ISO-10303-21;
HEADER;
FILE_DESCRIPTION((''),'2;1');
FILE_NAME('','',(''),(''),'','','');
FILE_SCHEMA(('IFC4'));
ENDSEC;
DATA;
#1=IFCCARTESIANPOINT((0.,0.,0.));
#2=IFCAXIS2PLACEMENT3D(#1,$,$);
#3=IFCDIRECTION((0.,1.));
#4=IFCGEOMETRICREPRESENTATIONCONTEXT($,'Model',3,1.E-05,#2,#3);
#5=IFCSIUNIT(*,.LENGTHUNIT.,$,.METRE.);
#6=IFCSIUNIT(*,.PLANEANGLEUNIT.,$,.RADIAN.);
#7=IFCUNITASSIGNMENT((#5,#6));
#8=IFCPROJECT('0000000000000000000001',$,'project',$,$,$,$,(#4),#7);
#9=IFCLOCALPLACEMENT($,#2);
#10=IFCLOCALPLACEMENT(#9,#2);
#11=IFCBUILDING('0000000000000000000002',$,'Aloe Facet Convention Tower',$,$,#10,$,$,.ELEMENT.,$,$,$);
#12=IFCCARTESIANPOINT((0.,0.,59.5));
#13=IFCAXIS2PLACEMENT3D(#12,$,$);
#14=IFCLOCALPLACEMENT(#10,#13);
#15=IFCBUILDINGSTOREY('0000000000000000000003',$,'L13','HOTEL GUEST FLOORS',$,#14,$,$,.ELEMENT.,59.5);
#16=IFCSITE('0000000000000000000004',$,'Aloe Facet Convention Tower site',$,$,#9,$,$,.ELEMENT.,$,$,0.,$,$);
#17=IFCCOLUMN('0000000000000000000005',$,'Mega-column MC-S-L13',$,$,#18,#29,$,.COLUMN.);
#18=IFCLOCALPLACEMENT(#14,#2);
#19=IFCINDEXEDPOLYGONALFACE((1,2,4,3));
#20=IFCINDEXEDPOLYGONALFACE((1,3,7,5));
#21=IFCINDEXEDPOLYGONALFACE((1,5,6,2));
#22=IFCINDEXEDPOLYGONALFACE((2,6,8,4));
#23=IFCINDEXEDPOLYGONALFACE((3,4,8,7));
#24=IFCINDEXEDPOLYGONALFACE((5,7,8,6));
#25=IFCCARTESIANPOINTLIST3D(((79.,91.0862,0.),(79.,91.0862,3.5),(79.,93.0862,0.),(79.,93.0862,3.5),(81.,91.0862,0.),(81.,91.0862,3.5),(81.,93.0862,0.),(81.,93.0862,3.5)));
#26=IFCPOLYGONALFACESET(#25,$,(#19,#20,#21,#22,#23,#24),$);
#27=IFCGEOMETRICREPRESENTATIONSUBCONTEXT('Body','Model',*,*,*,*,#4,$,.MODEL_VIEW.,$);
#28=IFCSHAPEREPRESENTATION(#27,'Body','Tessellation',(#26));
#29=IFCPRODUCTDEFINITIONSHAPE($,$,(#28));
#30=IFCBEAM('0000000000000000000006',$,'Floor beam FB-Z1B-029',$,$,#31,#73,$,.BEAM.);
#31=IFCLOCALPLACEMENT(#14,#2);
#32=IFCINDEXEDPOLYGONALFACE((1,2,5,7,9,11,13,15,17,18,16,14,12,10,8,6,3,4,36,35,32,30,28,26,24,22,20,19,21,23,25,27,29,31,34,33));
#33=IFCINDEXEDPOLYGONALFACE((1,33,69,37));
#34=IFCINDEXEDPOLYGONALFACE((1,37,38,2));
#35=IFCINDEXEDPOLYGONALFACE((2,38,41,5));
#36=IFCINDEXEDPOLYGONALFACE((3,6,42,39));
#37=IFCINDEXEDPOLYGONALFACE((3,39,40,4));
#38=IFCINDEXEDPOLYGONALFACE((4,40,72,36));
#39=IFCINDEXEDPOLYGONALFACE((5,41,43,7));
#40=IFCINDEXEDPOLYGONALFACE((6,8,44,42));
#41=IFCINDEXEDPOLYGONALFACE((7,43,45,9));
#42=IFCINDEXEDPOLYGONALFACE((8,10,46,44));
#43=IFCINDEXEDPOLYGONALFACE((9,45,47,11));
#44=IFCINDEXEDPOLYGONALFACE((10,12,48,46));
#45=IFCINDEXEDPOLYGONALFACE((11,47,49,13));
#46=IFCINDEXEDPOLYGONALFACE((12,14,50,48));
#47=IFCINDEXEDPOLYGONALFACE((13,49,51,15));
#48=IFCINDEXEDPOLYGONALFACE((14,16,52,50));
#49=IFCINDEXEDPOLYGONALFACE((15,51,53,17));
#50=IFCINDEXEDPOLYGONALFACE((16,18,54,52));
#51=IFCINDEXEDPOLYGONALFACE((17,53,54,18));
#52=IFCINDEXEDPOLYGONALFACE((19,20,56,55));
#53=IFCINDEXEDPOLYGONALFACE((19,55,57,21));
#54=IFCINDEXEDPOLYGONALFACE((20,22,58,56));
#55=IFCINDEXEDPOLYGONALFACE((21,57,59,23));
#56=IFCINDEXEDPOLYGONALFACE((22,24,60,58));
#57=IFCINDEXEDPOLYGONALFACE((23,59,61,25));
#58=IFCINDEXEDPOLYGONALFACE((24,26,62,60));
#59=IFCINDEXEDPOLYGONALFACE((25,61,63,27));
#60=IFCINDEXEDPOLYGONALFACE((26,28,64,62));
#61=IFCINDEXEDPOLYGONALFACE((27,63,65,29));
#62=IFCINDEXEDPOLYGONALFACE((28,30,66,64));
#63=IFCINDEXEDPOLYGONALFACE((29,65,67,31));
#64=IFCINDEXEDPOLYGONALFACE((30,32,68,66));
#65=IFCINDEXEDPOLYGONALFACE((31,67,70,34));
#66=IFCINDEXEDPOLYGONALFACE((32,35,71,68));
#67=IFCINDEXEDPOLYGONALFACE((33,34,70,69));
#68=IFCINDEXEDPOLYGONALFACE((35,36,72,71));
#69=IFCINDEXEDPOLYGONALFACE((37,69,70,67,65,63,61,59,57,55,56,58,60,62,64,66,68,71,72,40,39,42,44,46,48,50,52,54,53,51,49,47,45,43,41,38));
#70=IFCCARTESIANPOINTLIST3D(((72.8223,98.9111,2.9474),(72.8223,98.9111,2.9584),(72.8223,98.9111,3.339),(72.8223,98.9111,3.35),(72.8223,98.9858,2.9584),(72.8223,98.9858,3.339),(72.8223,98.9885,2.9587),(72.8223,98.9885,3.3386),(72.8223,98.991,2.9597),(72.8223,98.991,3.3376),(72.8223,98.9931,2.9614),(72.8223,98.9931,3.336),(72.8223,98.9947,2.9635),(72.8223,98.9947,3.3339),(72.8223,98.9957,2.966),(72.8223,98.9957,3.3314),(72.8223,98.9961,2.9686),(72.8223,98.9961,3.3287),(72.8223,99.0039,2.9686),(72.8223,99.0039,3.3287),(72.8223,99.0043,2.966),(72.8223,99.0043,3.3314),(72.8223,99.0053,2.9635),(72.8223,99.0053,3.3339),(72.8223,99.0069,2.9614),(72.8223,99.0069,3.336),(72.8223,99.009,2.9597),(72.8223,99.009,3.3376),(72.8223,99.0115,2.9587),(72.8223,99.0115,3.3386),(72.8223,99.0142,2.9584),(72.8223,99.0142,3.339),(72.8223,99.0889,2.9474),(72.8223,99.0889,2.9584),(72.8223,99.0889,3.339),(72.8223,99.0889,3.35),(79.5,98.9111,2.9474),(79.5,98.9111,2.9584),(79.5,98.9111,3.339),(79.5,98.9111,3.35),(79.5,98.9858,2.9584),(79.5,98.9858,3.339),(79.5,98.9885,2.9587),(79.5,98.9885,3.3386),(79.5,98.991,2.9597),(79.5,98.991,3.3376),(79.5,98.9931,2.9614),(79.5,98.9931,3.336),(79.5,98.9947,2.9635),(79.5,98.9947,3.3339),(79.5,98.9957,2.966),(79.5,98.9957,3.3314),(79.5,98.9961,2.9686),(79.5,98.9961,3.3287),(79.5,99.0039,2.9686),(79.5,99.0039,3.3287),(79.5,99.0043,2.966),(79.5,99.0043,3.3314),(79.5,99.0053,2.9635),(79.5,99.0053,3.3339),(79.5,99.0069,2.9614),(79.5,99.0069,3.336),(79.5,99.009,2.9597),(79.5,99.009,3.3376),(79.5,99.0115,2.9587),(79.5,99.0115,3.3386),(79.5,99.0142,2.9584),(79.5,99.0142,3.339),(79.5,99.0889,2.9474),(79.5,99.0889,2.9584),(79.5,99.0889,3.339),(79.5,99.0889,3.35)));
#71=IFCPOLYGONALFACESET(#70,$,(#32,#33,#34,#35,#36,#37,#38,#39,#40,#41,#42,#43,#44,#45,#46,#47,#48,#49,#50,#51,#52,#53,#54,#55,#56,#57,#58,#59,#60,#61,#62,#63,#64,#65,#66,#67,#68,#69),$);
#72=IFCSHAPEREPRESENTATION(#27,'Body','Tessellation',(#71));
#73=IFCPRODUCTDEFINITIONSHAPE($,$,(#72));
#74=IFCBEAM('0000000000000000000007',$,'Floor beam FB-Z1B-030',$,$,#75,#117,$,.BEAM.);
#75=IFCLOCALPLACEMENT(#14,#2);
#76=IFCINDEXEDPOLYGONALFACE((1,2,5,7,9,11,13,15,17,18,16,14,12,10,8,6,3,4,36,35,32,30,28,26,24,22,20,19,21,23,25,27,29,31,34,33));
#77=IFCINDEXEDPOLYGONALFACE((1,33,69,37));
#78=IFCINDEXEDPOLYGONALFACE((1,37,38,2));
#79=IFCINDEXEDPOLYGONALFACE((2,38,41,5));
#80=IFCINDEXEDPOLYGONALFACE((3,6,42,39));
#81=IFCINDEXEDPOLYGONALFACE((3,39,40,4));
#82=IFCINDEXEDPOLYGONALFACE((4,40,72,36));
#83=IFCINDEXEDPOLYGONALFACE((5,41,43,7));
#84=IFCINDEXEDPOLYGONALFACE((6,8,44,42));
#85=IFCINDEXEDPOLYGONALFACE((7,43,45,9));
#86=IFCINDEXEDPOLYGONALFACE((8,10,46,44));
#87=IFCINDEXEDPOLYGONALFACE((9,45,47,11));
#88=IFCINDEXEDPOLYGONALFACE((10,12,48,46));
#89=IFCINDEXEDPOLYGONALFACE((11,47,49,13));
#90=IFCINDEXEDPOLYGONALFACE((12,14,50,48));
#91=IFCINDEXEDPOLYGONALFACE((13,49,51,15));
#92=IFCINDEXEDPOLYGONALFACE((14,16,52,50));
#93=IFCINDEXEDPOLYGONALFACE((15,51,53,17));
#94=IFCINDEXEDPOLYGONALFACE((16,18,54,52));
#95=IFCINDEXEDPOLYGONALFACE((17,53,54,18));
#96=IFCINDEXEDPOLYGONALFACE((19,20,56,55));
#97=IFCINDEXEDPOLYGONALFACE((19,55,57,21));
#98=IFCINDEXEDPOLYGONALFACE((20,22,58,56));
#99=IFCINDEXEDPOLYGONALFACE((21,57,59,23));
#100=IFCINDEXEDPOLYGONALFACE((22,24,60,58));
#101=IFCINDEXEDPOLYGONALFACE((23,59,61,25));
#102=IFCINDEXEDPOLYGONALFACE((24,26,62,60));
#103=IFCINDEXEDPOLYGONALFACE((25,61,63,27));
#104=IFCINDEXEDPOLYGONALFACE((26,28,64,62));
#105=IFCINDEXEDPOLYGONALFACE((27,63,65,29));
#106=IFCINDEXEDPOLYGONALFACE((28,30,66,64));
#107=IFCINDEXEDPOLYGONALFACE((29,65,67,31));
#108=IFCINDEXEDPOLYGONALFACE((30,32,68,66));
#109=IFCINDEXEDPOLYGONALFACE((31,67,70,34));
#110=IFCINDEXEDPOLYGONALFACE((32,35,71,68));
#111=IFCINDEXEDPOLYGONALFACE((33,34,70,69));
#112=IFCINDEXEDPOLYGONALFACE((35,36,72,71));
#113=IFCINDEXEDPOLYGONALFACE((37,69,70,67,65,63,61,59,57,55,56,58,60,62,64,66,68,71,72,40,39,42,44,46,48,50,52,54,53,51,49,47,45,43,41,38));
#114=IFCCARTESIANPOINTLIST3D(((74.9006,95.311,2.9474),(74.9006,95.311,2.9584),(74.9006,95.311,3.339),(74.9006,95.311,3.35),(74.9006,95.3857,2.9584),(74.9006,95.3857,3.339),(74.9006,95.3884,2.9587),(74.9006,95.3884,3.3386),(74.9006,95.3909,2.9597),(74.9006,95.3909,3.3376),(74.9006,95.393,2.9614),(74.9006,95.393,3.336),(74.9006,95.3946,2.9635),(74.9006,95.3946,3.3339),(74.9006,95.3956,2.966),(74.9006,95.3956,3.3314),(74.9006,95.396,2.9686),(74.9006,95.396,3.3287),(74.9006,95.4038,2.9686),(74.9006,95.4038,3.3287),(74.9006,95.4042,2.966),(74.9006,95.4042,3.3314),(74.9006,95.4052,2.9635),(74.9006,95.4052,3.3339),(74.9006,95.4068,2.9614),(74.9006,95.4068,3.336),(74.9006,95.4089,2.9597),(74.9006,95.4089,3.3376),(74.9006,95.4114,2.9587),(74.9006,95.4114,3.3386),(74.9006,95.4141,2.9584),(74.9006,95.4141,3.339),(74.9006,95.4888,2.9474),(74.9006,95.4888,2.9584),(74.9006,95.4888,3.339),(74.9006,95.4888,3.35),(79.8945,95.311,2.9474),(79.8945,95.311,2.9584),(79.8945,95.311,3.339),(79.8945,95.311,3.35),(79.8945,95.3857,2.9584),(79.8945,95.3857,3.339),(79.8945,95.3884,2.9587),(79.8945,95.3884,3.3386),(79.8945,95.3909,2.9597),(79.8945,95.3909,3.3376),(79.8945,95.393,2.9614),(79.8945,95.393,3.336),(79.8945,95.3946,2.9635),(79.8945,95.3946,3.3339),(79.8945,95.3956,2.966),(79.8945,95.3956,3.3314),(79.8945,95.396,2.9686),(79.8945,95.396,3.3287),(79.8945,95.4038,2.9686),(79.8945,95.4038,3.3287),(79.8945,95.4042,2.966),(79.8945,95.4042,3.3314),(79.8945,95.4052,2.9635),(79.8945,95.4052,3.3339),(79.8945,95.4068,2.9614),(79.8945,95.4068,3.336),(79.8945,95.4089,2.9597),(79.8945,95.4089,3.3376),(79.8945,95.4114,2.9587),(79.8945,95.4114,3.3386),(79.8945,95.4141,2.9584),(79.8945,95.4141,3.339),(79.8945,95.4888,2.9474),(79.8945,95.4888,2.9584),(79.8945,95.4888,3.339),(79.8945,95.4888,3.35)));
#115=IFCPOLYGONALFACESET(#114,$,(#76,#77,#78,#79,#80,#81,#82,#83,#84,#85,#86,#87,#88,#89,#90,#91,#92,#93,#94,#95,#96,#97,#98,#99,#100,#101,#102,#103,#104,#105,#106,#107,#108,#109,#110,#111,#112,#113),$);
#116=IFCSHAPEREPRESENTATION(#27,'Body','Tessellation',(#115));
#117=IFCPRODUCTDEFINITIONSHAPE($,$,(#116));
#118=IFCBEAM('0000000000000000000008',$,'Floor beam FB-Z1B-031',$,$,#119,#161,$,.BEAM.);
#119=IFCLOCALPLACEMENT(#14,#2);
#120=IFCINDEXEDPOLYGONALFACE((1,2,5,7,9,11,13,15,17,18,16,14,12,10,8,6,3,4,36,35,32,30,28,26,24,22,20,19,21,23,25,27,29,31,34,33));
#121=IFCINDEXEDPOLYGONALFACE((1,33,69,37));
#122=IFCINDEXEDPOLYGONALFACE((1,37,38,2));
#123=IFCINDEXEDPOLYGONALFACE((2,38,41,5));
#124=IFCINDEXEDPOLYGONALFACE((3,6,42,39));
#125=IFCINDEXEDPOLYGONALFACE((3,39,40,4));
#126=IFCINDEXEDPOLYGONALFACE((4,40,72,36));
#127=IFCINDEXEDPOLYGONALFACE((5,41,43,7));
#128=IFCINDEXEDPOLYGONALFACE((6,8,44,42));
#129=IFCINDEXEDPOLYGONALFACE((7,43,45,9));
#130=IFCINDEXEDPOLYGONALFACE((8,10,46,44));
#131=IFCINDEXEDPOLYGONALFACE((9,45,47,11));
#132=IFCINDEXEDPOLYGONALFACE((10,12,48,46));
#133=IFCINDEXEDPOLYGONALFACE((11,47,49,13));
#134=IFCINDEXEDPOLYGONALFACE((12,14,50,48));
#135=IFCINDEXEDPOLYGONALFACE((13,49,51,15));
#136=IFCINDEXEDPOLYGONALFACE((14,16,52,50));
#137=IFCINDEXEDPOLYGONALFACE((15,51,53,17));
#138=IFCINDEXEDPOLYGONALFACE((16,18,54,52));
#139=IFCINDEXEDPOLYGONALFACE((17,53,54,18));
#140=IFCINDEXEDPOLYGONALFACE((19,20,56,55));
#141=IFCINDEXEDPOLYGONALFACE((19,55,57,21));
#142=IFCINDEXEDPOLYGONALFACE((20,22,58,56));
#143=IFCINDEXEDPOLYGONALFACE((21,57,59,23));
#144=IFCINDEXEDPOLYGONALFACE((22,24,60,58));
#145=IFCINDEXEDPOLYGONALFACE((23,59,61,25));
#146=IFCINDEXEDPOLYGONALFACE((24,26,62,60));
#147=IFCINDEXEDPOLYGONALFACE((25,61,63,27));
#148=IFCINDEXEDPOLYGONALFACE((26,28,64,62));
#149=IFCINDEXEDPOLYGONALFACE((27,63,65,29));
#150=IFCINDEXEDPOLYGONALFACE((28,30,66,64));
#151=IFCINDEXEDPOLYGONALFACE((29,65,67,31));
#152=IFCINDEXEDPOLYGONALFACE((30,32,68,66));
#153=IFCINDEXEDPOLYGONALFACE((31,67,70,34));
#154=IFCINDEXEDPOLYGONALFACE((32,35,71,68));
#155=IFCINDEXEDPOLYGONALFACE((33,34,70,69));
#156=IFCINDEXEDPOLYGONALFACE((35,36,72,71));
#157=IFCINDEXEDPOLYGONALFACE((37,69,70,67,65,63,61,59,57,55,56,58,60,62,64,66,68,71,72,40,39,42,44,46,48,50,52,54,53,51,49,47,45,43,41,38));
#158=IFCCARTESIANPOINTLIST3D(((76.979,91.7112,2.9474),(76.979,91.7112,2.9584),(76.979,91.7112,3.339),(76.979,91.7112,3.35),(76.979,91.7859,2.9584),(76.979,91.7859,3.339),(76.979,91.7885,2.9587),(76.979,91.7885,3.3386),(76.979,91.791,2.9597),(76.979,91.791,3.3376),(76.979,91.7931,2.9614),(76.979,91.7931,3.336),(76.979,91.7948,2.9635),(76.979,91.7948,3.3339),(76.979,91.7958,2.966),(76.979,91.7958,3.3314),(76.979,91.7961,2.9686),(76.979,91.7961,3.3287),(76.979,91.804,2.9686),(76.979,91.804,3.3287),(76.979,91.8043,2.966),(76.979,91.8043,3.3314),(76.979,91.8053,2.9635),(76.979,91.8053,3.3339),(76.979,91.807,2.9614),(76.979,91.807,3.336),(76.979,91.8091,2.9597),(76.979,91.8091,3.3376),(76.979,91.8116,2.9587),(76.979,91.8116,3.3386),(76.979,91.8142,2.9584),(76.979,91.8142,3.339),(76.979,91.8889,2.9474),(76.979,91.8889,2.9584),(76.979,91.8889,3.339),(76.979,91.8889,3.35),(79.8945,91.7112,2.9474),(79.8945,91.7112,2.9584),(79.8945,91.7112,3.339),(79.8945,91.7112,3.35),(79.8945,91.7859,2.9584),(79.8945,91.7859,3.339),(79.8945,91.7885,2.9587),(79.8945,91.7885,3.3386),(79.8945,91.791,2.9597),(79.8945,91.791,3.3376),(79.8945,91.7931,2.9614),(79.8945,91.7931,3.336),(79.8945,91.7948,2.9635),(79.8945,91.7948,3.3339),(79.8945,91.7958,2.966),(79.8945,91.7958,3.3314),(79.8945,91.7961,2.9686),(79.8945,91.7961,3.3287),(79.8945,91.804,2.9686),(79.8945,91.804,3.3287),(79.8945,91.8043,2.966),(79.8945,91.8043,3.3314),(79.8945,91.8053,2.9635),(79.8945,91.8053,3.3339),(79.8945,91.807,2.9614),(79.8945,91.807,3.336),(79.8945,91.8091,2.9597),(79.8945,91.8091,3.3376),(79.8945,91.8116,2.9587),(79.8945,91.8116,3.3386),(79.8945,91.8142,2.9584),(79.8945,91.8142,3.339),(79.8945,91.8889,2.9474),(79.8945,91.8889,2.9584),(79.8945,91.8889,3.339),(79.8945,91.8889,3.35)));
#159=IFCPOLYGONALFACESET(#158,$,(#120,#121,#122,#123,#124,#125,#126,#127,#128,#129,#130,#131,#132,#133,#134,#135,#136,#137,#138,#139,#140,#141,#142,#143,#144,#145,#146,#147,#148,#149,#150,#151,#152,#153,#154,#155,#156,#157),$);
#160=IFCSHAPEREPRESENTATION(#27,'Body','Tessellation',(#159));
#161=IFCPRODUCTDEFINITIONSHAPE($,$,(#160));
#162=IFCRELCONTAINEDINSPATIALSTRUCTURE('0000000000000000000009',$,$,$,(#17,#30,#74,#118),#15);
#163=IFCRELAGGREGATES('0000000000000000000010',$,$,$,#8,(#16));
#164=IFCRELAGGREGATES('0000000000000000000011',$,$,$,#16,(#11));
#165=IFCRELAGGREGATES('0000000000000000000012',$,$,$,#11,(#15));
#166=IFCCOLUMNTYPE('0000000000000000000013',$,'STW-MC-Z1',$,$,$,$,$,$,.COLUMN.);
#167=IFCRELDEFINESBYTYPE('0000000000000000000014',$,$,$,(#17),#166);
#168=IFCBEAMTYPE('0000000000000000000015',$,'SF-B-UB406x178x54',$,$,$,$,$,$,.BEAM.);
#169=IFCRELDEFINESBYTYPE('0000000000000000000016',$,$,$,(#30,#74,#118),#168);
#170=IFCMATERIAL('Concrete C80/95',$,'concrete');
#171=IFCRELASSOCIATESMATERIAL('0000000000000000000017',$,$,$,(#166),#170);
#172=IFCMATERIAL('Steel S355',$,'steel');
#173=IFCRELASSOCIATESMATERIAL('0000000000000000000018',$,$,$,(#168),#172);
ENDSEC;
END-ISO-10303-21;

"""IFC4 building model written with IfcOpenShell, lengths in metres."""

from ifc_helpers import new_model, si_unit, direction, frame, origin, origin_2d, place, context, subcontext, project, spatial, rectangle, i_section, extrude, material, material_profile, profile_set, type_object, element, save


model = new_model("IFC4")

# Units and contexts
model_context = context("Model", 3, precision=1e-05, world=origin(), true_north=direction((0.0, 1.0)))
body_context = subcontext(model_context, "Body", "Model", "MODEL_VIEW")
ifc_project = project(units=[si_unit("LENGTHUNIT", "METRE"), si_unit("PLANEANGLEUNIT", "RADIAN")], contexts=[model_context])

# Site, building, storey
site_placement = place(None, origin())
site = spatial("IfcSite", under=ifc_project, at=site_placement, Name="Aloe Facet Convention Tower site", CompositionType="ELEMENT", RefElevation=0.0)
building_placement = place(site_placement, origin())
building = spatial("IfcBuilding", under=site, at=building_placement, Name="Aloe Facet Convention Tower", CompositionType="ELEMENT")
storey_placement = place(building_placement, frame((0.0, 0.0, 59.5)))
storey = spatial("IfcBuildingStorey", under=building, at=storey_placement, Name="L13", Description="HOTEL GUEST FLOORS", CompositionType="ELEMENT", Elevation=59.5)

# Column
ifc_material_1 = material(Name="Concrete C80/95", Category="concrete")
ifc_material_profile_1 = material_profile(ifc_material_1, rectangle(XDim=2.0, YDim=2.0, at=origin_2d()), Name="STW-MC-Z1")
ifc_profile_set_1 = profile_set([ifc_material_profile_1], Name="Concrete C80/95")
column_type = type_object("IfcColumnType", Name="STW-MC-Z1", PredefinedType="COLUMN", material=ifc_profile_set_1)
column_placement = place(storey_placement, frame((80.0, 92.0862, 0.0), z_axis=(0.0, 0.0, 1.0), x_axis=(1.0, 0.0, 0.0)))
element("IfcColumn", 1, at=column_placement, inside=storey, type_object=column_type, Name="Mega-column MC-S-L13", PredefinedType="COLUMN", context=body_context, shape_type="SweptSolid", body=[
    extrude(rectangle(XDim=2.0, YDim=2.0, at=origin_2d()), origin(), (0.0, 0.0, 1.0), 3.5),
])

# Beams
ifc_material_2 = material(Name="Steel S355", Category="steel")
ifc_material_profile_2 = material_profile(ifc_material_2, i_section(OverallWidth=0.1777, OverallDepth=0.4026, WebThickness=0.0078, FlangeThickness=0.011, FilletRadius=0.0103, at=origin_2d()), Name="UB 406x178x54")
ifc_profile_set_2 = profile_set([ifc_material_profile_2], Name="Steel S355")
beam_type_1 = type_object("IfcBeamType", Name="SF-B-UB406x178x54", PredefinedType="BEAM", material=ifc_profile_set_2)
beam_1_placement = place(storey_placement, frame((72.8223, 99.0, 3.1487), z_axis=(1.0, 0.0, 0.0), x_axis=(0.0, 1.0, 0.0)))
element("IfcBeam", 2, at=beam_1_placement, inside=storey, type_object=beam_type_1, Name="Floor beam FB-Z1B-029", PredefinedType="BEAM", context=body_context, shape_type="SweptSolid", body=[
    extrude(i_section(OverallWidth=0.1777, OverallDepth=0.4026, WebThickness=0.0078, FlangeThickness=0.011, FilletRadius=0.0103, at=origin_2d()), origin(), (0.0, 0.0, 1.0), 6.6777),
])
beam_2_placement = place(storey_placement, frame((74.9006, 95.3999, 3.1487), z_axis=(1.0, 0.0, 0.0), x_axis=(0.0, 1.0, 0.0)))
element("IfcBeam", 3, at=beam_2_placement, inside=storey, type_object=beam_type_1, Name="Floor beam FB-Z1B-030", PredefinedType="BEAM", context=body_context, shape_type="SweptSolid", body=[
    extrude(i_section(OverallWidth=0.1777, OverallDepth=0.4026, WebThickness=0.0078, FlangeThickness=0.011, FilletRadius=0.0103, at=origin_2d()), origin(), (0.0, 0.0, 1.0), 4.9939),
])
for number, where, z_axis, x_axis, name in (
    (4, (76.979, 91.8, 3.1487), (1.0, 0.0, 0.0), (0.0, 1.0, 0.0), "Floor beam FB-Z1B-031"),
):
    element("IfcBeam", number, at=place(storey_placement, frame(where, z_axis=z_axis, x_axis=x_axis)), inside=storey, type_object=beam_type_1, Name=name, PredefinedType="BEAM", context=body_context, shape_type="SweptSolid", body=[
        extrude(i_section(OverallWidth=0.1777, OverallDepth=0.4026, WebThickness=0.0078, FlangeThickness=0.011, FilletRadius=0.0103, at=origin_2d()), origin(), (0.0, 0.0, 1.0), 2.9155),
    ])

save(model, "model.ifc")
